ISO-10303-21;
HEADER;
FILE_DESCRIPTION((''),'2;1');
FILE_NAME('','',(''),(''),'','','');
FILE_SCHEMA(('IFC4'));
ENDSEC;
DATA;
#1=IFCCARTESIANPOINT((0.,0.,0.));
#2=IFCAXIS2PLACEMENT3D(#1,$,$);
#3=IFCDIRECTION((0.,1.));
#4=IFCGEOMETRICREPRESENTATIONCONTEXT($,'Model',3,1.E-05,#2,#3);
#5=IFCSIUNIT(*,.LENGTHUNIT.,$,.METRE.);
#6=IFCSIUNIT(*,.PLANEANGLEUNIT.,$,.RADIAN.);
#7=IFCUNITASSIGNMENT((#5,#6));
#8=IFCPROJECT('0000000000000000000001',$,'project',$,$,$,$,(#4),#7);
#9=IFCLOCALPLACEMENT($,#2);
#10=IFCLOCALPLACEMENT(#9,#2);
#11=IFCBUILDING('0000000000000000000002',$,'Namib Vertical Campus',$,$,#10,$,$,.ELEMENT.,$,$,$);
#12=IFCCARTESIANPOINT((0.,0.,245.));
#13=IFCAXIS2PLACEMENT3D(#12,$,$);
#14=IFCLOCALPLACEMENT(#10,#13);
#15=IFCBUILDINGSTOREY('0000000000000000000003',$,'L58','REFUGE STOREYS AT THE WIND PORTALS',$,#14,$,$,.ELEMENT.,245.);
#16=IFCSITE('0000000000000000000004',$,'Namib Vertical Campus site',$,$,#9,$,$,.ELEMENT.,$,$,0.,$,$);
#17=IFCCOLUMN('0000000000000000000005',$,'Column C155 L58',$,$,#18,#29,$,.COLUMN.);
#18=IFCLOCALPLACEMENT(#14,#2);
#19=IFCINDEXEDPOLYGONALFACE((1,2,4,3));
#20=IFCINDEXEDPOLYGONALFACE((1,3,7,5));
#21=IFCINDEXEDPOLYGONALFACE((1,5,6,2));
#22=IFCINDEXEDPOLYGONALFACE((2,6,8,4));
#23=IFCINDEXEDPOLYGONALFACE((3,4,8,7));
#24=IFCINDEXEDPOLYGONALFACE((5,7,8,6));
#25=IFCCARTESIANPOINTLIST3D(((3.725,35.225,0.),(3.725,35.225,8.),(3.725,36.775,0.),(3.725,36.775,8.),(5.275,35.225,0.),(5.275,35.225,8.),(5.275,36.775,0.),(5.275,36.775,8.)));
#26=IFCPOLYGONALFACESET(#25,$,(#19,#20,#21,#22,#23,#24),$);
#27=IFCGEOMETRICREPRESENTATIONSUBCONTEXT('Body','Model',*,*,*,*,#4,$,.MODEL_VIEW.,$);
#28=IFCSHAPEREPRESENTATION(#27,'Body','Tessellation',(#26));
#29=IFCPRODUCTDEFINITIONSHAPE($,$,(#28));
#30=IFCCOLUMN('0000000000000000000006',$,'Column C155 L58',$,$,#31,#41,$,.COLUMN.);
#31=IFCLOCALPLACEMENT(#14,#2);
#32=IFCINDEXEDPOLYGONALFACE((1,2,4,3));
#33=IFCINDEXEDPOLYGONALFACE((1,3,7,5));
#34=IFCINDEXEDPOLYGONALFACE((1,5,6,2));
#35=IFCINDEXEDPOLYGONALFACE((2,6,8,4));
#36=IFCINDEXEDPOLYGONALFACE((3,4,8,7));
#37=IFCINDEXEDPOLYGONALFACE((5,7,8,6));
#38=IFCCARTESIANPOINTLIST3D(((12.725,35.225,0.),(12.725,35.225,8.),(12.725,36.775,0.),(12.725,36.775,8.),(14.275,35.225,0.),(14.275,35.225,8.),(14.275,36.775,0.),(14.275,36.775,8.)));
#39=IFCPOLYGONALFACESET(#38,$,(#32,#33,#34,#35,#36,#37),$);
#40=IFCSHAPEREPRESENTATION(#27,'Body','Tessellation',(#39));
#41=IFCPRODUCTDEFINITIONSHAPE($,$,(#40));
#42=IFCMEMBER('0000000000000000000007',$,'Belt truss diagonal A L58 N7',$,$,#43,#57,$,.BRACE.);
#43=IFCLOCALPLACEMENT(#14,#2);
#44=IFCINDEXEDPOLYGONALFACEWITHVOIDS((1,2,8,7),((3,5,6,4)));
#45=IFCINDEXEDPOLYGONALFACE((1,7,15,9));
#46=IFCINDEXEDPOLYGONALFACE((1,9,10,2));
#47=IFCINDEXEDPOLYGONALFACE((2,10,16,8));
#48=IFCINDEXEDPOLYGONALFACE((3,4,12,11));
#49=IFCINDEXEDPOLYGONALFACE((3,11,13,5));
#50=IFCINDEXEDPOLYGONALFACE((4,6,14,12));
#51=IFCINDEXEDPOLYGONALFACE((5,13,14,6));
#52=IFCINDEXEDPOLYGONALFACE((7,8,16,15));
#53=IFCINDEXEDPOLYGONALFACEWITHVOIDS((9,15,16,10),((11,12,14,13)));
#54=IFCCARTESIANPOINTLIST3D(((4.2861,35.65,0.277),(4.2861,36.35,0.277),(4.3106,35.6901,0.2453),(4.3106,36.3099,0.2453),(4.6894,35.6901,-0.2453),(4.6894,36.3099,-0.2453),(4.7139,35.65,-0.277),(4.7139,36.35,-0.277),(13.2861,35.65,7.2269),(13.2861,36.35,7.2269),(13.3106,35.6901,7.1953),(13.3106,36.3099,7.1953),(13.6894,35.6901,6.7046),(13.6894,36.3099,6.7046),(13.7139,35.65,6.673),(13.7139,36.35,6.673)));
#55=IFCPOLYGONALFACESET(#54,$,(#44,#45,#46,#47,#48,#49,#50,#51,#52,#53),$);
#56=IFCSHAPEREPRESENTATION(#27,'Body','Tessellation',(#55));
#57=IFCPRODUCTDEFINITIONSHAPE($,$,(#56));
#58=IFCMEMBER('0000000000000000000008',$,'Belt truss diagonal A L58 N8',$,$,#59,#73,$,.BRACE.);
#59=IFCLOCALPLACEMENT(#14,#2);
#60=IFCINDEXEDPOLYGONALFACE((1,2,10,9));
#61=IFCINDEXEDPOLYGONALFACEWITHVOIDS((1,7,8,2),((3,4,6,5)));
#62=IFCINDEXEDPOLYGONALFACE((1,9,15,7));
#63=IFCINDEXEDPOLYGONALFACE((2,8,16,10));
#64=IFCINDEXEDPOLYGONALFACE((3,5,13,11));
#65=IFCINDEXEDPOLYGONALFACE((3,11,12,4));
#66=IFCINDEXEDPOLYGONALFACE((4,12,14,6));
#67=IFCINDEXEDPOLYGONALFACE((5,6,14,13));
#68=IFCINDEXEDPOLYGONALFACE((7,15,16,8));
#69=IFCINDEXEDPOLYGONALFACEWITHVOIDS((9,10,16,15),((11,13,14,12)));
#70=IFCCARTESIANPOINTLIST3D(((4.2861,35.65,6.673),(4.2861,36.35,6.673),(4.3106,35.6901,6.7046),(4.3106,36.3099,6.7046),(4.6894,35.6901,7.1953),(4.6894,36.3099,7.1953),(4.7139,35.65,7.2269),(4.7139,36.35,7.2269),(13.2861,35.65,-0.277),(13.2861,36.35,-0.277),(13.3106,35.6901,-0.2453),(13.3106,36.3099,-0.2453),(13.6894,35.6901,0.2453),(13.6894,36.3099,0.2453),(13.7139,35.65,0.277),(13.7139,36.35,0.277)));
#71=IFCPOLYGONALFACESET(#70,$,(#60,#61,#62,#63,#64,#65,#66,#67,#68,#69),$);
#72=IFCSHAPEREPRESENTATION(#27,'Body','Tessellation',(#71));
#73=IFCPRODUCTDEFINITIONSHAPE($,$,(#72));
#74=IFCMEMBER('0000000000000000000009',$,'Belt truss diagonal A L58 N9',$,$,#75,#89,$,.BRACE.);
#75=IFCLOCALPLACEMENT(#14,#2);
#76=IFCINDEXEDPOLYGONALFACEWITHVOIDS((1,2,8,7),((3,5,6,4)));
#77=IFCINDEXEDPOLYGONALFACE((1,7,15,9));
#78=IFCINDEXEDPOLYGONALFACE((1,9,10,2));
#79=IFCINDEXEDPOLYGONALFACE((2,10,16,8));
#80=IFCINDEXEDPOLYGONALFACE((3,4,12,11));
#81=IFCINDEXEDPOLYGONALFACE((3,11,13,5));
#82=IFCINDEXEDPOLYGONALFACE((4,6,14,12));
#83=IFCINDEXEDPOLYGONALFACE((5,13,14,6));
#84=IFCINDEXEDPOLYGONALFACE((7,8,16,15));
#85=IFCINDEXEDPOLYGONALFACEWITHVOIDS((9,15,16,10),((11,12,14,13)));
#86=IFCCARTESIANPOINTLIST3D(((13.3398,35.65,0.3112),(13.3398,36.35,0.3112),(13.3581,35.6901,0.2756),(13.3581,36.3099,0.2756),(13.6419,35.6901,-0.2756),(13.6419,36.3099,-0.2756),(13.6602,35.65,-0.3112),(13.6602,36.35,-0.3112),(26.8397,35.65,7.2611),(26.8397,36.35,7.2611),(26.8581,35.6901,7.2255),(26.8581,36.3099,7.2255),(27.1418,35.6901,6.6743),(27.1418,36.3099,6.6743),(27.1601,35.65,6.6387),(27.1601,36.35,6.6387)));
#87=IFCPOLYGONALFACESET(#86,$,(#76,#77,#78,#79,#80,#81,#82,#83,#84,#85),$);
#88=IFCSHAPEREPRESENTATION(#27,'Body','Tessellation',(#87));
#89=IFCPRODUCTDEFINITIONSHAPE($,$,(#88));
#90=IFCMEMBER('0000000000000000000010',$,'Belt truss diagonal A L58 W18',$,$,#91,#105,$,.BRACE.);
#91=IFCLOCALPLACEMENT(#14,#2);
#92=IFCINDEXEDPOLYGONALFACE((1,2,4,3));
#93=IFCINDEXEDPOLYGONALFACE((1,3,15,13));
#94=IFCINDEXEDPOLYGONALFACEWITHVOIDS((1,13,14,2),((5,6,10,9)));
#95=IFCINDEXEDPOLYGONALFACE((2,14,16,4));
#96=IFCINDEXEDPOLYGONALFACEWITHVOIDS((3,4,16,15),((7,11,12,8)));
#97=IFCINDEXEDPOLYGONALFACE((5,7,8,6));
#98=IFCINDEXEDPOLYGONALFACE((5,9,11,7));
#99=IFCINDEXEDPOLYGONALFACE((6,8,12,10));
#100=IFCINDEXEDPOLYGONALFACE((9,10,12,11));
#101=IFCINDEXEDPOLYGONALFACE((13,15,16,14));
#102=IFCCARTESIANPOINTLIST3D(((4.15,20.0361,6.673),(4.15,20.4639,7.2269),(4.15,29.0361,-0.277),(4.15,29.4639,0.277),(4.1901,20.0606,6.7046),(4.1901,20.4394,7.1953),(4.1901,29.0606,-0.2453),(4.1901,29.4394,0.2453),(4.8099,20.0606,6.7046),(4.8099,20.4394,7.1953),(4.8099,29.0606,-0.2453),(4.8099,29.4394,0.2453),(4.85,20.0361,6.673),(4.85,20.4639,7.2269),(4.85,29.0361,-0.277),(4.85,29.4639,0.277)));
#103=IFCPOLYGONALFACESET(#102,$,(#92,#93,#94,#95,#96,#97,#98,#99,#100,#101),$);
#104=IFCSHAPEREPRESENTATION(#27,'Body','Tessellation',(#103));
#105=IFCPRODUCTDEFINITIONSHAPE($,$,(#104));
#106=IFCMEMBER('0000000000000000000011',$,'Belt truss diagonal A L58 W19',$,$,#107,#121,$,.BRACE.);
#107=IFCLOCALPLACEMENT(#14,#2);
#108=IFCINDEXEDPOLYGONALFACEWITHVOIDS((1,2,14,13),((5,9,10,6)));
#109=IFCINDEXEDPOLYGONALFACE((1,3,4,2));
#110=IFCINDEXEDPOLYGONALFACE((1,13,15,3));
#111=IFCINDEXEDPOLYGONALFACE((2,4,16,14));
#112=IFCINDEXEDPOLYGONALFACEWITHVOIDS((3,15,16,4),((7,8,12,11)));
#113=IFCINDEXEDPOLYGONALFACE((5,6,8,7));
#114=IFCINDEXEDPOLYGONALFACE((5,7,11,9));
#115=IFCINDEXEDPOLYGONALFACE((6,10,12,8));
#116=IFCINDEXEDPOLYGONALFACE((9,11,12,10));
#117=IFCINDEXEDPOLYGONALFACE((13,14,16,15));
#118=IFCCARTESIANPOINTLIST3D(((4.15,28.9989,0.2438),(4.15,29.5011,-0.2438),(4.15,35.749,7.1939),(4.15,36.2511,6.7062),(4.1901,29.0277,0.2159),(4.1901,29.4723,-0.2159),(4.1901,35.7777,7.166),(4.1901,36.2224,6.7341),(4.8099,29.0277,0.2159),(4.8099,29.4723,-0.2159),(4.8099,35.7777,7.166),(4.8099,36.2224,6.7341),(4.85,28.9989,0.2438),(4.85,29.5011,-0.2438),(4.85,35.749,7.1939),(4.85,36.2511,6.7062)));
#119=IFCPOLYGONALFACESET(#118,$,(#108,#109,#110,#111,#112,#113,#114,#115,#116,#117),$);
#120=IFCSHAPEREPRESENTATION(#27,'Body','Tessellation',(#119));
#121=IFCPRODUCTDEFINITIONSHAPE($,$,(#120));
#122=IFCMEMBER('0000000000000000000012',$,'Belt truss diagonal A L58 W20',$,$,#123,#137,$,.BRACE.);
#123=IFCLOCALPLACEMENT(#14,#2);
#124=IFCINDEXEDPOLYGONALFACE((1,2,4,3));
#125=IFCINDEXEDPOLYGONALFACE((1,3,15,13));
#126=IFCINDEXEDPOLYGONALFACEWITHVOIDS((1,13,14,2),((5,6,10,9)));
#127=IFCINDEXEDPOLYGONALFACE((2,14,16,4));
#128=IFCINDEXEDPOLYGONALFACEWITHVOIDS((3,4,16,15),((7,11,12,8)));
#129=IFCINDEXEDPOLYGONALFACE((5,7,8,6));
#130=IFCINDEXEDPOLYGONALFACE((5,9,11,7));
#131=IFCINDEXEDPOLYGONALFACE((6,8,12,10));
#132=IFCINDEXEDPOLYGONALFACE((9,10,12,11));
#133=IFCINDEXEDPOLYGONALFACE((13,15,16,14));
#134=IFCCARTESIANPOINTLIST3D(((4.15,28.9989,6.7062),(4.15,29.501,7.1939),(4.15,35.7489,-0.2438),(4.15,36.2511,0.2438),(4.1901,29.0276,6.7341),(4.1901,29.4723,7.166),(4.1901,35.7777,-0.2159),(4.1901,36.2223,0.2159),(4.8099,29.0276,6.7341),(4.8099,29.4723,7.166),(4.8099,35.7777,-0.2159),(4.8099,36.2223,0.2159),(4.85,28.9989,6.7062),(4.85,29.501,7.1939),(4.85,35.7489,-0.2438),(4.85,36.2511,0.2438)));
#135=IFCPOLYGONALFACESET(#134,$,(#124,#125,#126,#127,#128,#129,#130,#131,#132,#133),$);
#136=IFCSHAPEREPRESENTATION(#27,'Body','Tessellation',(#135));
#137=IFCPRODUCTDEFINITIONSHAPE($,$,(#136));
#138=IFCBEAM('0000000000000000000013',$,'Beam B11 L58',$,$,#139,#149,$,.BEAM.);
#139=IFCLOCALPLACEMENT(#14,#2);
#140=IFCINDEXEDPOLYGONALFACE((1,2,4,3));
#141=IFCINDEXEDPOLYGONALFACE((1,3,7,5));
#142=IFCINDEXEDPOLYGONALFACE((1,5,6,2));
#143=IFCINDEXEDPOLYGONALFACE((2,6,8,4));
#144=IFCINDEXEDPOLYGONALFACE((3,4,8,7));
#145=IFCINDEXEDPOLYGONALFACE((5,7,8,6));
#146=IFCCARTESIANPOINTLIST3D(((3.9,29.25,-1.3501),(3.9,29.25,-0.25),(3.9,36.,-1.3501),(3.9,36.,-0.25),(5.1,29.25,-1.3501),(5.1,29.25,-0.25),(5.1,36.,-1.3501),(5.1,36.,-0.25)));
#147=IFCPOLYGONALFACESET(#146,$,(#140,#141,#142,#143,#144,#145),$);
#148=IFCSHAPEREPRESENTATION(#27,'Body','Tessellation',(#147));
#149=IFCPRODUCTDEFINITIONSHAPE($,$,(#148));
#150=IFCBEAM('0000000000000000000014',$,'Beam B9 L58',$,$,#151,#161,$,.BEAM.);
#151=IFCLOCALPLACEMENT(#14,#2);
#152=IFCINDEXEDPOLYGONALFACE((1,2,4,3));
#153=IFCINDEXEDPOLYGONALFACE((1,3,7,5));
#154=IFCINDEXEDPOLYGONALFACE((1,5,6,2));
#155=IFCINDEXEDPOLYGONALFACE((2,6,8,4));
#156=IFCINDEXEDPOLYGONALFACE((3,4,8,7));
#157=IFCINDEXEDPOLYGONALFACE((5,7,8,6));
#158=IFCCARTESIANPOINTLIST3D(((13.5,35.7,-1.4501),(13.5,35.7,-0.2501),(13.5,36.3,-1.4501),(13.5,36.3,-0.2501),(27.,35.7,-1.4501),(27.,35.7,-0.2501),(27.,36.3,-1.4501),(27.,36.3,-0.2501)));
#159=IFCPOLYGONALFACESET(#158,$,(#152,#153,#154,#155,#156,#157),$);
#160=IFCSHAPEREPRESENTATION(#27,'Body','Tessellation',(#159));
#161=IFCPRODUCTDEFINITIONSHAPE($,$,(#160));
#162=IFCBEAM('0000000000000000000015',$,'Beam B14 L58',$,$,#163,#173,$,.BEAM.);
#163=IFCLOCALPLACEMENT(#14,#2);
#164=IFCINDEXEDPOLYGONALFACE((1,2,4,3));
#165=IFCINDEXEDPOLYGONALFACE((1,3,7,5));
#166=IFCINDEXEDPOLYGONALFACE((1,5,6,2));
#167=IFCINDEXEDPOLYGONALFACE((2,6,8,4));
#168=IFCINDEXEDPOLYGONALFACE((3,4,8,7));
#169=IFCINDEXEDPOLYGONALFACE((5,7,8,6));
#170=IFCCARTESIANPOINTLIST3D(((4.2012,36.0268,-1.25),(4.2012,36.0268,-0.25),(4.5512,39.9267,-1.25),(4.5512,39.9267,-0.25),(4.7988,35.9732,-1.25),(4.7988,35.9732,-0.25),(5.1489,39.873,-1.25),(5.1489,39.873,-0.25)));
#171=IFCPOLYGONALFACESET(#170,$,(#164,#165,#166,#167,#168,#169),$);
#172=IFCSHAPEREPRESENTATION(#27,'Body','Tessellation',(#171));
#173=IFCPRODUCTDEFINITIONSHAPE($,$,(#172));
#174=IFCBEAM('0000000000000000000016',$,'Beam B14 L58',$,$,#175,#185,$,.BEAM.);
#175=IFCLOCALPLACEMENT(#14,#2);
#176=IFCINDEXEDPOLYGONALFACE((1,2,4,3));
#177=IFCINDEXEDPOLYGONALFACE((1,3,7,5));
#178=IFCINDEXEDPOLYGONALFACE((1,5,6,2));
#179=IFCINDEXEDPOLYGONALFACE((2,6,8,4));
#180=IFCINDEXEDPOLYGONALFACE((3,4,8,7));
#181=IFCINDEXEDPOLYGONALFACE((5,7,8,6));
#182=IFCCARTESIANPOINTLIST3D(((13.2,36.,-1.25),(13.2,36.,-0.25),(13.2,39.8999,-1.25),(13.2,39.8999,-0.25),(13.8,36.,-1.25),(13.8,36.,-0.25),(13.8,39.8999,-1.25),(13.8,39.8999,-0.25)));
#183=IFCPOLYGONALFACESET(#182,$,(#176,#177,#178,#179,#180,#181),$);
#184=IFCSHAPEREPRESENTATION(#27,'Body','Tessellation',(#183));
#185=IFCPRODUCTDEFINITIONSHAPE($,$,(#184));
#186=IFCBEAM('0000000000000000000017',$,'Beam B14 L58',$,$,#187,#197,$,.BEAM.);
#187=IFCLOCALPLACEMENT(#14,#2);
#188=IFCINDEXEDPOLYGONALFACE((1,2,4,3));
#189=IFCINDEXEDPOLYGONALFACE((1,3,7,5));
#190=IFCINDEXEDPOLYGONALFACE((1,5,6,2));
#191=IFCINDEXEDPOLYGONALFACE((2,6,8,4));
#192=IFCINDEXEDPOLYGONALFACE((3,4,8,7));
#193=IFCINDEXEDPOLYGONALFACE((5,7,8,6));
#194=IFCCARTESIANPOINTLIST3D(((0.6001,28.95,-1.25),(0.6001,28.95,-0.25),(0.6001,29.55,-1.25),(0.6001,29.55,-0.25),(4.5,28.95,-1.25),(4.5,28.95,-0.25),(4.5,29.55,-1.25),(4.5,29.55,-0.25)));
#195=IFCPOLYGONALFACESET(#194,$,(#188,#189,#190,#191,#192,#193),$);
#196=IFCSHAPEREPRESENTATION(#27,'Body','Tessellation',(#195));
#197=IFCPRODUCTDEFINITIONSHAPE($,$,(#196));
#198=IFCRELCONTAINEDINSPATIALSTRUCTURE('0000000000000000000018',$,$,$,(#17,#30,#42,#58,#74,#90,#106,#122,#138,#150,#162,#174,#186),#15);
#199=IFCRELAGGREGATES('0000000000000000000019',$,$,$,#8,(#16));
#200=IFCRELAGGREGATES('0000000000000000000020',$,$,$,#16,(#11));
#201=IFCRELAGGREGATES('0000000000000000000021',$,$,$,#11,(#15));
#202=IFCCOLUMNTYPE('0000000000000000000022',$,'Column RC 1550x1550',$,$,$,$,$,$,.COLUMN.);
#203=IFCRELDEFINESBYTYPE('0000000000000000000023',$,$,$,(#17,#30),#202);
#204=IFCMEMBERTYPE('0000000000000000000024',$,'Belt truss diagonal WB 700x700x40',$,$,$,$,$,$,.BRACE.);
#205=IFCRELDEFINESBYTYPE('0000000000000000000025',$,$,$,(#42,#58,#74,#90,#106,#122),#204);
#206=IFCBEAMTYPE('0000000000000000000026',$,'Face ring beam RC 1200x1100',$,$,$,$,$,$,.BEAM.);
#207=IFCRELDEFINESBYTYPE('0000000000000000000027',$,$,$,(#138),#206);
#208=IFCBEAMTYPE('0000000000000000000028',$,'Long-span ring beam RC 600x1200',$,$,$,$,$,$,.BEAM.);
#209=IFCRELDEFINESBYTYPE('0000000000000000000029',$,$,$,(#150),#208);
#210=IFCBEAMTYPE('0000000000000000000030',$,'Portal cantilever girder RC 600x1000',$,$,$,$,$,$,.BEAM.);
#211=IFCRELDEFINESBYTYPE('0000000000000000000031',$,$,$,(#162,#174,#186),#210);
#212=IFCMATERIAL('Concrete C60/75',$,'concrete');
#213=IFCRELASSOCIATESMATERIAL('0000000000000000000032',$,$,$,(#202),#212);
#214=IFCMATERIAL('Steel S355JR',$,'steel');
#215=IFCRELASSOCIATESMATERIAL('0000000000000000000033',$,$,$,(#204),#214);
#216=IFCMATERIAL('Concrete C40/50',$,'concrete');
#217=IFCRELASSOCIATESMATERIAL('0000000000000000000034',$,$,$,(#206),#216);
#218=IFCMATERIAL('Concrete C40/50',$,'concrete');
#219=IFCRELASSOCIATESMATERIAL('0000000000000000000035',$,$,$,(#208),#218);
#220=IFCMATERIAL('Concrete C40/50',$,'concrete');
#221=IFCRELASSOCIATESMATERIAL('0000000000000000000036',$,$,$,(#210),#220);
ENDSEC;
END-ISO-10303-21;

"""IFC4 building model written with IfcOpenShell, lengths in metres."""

from ifc_helpers import new_model, si_unit, direction, frame, origin, origin_2d, place, context, subcontext, project, spatial, rectangle, hollow_rectangle, extrude, material, material_profile, profile_set, type_object, element, save


model = new_model("IFC4")

# Units and contexts
model_context = context("Model", 3, precision=1e-05, world=origin(), true_north=direction((0.0, 1.0)))
body_context = subcontext(model_context, "Body", "Model", "MODEL_VIEW")
ifc_project = project(units=[si_unit("LENGTHUNIT", "METRE"), si_unit("PLANEANGLEUNIT", "RADIAN")], contexts=[model_context])

# Site, building, storey
site_placement = place(None, origin())
site = spatial("IfcSite", under=ifc_project, at=site_placement, Name="Namib Vertical Campus site", CompositionType="ELEMENT", RefElevation=0.0)
building_placement = place(site_placement, origin())
building = spatial("IfcBuilding", under=site, at=building_placement, Name="Namib Vertical Campus", CompositionType="ELEMENT")
storey_placement = place(building_placement, frame((0.0, 0.0, 245.0)))
storey = spatial("IfcBuildingStorey", under=building, at=storey_placement, Name="L58", Description="REFUGE STOREYS AT THE WIND PORTALS", CompositionType="ELEMENT", Elevation=245.0)

# Columns
ifc_material_1 = material(Name="Concrete C60/75", Category="concrete")
ifc_material_profile_1 = material_profile(ifc_material_1, rectangle(XDim=1.55, YDim=1.55, at=origin_2d()))
ifc_profile_set_1 = profile_set([ifc_material_profile_1], Name="Concrete C60/75")
column_type = type_object("IfcColumnType", Name="Column RC 1550x1550", PredefinedType="COLUMN", material=ifc_profile_set_1)
for number, where, z_axis, x_axis, name in (
    (1, (4.5, 36.0, 0.0), (0.0, 0.0, 1.0), (1.0, 0.0, 0.0), "Column C155 L58"),
    (2, (13.5, 36.0, 0.0), (0.0, 0.0, 1.0), (1.0, 0.0, 0.0), "Column C155 L58"),
):
    element("IfcColumn", number, at=place(storey_placement, frame(where, z_axis=z_axis, x_axis=x_axis)), inside=storey, type_object=column_type, Name=name, PredefinedType="COLUMN", context=body_context, shape_type="SweptSolid", body=[
        extrude(rectangle(XDim=1.55, YDim=1.55, at=origin_2d()), origin(), (0.0, 0.0, 1.0), 8.0),
    ])

# Members
ifc_material_2 = material(Name="Steel S355JR", Category="steel")
ifc_material_profile_2 = material_profile(ifc_material_2, hollow_rectangle(XDim=0.7, YDim=0.7, WallThickness=0.04, at=origin_2d()))
ifc_profile_set_2 = profile_set([ifc_material_profile_2], Name="Steel S355JR")
member_type = type_object("IfcMemberType", Name="Belt truss diagonal WB 700x700x40", PredefinedType="BRACE", material=ifc_profile_set_2)
for number, where, z_axis, x_axis, name in (
    (3, (4.5, 36.0, 0.0), (0.79148, 0.0, 0.611194), (0.0, 1.0, 0.0), "Belt truss diagonal A L58 N7"),
    (4, (13.5, 36.0, 0.0), (-0.79148, 0.0, 0.611194), (0.0, -1.0, 0.0), "Belt truss diagonal A L58 N8"),
):
    element("IfcMember", number, at=place(storey_placement, frame(where, z_axis=z_axis, x_axis=x_axis)), inside=storey, type_object=member_type, Name=name, PredefinedType="BRACE", context=body_context, shape_type="SweptSolid", body=[
        extrude(hollow_rectangle(XDim=0.7, YDim=0.7, WallThickness=0.04, at=origin_2d()), origin(), (0.0, 0.0, 1.0), 11.3711),
    ])
member_1_placement = place(storey_placement, frame((13.5, 36.0, 0.0), z_axis=(0.889098, 0.0, 0.457717), x_axis=(0.0, 1.0, 0.0)))
element("IfcMember", 5, at=member_1_placement, inside=storey, type_object=member_type, Name="Belt truss diagonal A L58 N9", PredefinedType="BRACE", context=body_context, shape_type="SweptSolid", body=[
    extrude(hollow_rectangle(XDim=0.7, YDim=0.7, WallThickness=0.04, at=origin_2d()), origin(), (0.0, 0.0, 1.0), 15.1838),
])
member_2_placement = place(storey_placement, frame((4.5, 29.25, 0.0), z_axis=(0.0, -0.79148, 0.611194), x_axis=(1.0, 0.0, 0.0)))
element("IfcMember", 6, at=member_2_placement, inside=storey, type_object=member_type, Name="Belt truss diagonal A L58 W18", PredefinedType="BRACE", context=body_context, shape_type="SweptSolid", body=[
    extrude(hollow_rectangle(XDim=0.7, YDim=0.7, WallThickness=0.04, at=origin_2d()), origin(), (0.0, 0.0, 1.0), 11.3711),
])
for number, where, z_axis, x_axis, name in (
    (7, (4.5, 29.25, 0.0), (0.0, 0.696712, 0.717351), (-1.0, 0.0, 0.0), "Belt truss diagonal A L58 W19"),
    (8, (4.5, 36.0, 0.0), (0.0, -0.696712, 0.717351), (1.0, 0.0, 0.0), "Belt truss diagonal A L58 W20"),
):
    element("IfcMember", number, at=place(storey_placement, frame(where, z_axis=z_axis, x_axis=x_axis)), inside=storey, type_object=member_type, Name=name, PredefinedType="BRACE", context=body_context, shape_type="SweptSolid", body=[
        extrude(hollow_rectangle(XDim=0.7, YDim=0.7, WallThickness=0.04, at=origin_2d()), origin(), (0.0, 0.0, 1.0), 9.6885),
    ])

# Beams
ifc_material_3 = material(Name="Concrete C40/50", Category="concrete")
ifc_material_profile_3 = material_profile(ifc_material_3, rectangle(XDim=1.2, YDim=1.1001, at=origin_2d()))
ifc_profile_set_3 = profile_set([ifc_material_profile_3], Name="Concrete C40/50")
beam_type_1 = type_object("IfcBeamType", Name="Face ring beam RC 1200x1100", PredefinedType="BEAM", material=ifc_profile_set_3)
beam_1_placement = place(storey_placement, frame((4.5, 29.25, -0.8), z_axis=(0.0, 1.0, 0.0), x_axis=(-1.0, 0.0, 0.0)))
element("IfcBeam", 9, at=beam_1_placement, inside=storey, type_object=beam_type_1, Name="Beam B11 L58", PredefinedType="BEAM", context=body_context, shape_type="SweptSolid", body=[
    extrude(rectangle(XDim=1.2, YDim=1.1001, at=origin_2d()), origin(), (0.0, 0.0, 1.0), 6.75),
])
ifc_material_4 = material(Name="Concrete C40/50", Category="concrete")
ifc_material_profile_4 = material_profile(ifc_material_4, rectangle(XDim=0.6001, YDim=1.2, at=origin_2d()))
ifc_profile_set_4 = profile_set([ifc_material_profile_4], Name="Concrete C40/50")
beam_type_2 = type_object("IfcBeamType", Name="Long-span ring beam RC 600x1200", PredefinedType="BEAM", material=ifc_profile_set_4)
beam_2_placement = place(storey_placement, frame((13.5, 36.0, -0.8501), z_axis=(1.0, 0.0, 0.0), x_axis=(0.0, 1.0, 0.0)))
element("IfcBeam", 10, at=beam_2_placement, inside=storey, type_object=beam_type_2, Name="Beam B9 L58", PredefinedType="BEAM", context=body_context, shape_type="SweptSolid", body=[
    extrude(rectangle(XDim=0.6001, YDim=1.2, at=origin_2d()), origin(), (0.0, 0.0, 1.0), 13.5),
])
ifc_material_5 = material(Name="Concrete C40/50", Category="concrete")
ifc_material_profile_5 = material_profile(ifc_material_5, rectangle(XDim=0.6001, YDim=1.0, at=origin_2d()))
ifc_profile_set_5 = profile_set([ifc_material_profile_5], Name="Concrete C40/50")
beam_type_3 = type_object("IfcBeamType", Name="Portal cantilever girder RC 600x1000", PredefinedType="BEAM", material=ifc_profile_set_5)
beam_3_placement = place(storey_placement, frame((4.5, 36.0, -0.75), z_axis=(0.089411, 0.995995, 0.0), x_axis=(-0.995995, 0.089411, 0.0)))
element("IfcBeam", 11, at=beam_3_placement, inside=storey, type_object=beam_type_3, Name="Beam B14 L58", PredefinedType="BEAM", context=body_context, shape_type="SweptSolid", body=[
    extrude(rectangle(XDim=0.6001, YDim=1.0, at=origin_2d()), origin(), (0.0, 0.0, 1.0), 3.9155),
])
for number, where, z_axis, x_axis, name in (
    (12, (13.5, 36.0, -0.75), (0.0, 1.0, 0.0), (-1.0, 0.0, 0.0), "Beam B14 L58"),
    (13, (4.5, 29.25, -0.75), (-1.0, 0.0, 0.0), (0.0, -1.0, 0.0), "Beam B14 L58"),
):
    element("IfcBeam", number, at=place(storey_placement, frame(where, z_axis=z_axis, x_axis=x_axis)), inside=storey, type_object=beam_type_3, Name=name, PredefinedType="BEAM", context=body_context, shape_type="SweptSolid", body=[
        extrude(rectangle(XDim=0.6001, YDim=1.0, at=origin_2d()), origin(), (0.0, 0.0, 1.0), 3.8999),
    ])

save(model, "model.ifc")
